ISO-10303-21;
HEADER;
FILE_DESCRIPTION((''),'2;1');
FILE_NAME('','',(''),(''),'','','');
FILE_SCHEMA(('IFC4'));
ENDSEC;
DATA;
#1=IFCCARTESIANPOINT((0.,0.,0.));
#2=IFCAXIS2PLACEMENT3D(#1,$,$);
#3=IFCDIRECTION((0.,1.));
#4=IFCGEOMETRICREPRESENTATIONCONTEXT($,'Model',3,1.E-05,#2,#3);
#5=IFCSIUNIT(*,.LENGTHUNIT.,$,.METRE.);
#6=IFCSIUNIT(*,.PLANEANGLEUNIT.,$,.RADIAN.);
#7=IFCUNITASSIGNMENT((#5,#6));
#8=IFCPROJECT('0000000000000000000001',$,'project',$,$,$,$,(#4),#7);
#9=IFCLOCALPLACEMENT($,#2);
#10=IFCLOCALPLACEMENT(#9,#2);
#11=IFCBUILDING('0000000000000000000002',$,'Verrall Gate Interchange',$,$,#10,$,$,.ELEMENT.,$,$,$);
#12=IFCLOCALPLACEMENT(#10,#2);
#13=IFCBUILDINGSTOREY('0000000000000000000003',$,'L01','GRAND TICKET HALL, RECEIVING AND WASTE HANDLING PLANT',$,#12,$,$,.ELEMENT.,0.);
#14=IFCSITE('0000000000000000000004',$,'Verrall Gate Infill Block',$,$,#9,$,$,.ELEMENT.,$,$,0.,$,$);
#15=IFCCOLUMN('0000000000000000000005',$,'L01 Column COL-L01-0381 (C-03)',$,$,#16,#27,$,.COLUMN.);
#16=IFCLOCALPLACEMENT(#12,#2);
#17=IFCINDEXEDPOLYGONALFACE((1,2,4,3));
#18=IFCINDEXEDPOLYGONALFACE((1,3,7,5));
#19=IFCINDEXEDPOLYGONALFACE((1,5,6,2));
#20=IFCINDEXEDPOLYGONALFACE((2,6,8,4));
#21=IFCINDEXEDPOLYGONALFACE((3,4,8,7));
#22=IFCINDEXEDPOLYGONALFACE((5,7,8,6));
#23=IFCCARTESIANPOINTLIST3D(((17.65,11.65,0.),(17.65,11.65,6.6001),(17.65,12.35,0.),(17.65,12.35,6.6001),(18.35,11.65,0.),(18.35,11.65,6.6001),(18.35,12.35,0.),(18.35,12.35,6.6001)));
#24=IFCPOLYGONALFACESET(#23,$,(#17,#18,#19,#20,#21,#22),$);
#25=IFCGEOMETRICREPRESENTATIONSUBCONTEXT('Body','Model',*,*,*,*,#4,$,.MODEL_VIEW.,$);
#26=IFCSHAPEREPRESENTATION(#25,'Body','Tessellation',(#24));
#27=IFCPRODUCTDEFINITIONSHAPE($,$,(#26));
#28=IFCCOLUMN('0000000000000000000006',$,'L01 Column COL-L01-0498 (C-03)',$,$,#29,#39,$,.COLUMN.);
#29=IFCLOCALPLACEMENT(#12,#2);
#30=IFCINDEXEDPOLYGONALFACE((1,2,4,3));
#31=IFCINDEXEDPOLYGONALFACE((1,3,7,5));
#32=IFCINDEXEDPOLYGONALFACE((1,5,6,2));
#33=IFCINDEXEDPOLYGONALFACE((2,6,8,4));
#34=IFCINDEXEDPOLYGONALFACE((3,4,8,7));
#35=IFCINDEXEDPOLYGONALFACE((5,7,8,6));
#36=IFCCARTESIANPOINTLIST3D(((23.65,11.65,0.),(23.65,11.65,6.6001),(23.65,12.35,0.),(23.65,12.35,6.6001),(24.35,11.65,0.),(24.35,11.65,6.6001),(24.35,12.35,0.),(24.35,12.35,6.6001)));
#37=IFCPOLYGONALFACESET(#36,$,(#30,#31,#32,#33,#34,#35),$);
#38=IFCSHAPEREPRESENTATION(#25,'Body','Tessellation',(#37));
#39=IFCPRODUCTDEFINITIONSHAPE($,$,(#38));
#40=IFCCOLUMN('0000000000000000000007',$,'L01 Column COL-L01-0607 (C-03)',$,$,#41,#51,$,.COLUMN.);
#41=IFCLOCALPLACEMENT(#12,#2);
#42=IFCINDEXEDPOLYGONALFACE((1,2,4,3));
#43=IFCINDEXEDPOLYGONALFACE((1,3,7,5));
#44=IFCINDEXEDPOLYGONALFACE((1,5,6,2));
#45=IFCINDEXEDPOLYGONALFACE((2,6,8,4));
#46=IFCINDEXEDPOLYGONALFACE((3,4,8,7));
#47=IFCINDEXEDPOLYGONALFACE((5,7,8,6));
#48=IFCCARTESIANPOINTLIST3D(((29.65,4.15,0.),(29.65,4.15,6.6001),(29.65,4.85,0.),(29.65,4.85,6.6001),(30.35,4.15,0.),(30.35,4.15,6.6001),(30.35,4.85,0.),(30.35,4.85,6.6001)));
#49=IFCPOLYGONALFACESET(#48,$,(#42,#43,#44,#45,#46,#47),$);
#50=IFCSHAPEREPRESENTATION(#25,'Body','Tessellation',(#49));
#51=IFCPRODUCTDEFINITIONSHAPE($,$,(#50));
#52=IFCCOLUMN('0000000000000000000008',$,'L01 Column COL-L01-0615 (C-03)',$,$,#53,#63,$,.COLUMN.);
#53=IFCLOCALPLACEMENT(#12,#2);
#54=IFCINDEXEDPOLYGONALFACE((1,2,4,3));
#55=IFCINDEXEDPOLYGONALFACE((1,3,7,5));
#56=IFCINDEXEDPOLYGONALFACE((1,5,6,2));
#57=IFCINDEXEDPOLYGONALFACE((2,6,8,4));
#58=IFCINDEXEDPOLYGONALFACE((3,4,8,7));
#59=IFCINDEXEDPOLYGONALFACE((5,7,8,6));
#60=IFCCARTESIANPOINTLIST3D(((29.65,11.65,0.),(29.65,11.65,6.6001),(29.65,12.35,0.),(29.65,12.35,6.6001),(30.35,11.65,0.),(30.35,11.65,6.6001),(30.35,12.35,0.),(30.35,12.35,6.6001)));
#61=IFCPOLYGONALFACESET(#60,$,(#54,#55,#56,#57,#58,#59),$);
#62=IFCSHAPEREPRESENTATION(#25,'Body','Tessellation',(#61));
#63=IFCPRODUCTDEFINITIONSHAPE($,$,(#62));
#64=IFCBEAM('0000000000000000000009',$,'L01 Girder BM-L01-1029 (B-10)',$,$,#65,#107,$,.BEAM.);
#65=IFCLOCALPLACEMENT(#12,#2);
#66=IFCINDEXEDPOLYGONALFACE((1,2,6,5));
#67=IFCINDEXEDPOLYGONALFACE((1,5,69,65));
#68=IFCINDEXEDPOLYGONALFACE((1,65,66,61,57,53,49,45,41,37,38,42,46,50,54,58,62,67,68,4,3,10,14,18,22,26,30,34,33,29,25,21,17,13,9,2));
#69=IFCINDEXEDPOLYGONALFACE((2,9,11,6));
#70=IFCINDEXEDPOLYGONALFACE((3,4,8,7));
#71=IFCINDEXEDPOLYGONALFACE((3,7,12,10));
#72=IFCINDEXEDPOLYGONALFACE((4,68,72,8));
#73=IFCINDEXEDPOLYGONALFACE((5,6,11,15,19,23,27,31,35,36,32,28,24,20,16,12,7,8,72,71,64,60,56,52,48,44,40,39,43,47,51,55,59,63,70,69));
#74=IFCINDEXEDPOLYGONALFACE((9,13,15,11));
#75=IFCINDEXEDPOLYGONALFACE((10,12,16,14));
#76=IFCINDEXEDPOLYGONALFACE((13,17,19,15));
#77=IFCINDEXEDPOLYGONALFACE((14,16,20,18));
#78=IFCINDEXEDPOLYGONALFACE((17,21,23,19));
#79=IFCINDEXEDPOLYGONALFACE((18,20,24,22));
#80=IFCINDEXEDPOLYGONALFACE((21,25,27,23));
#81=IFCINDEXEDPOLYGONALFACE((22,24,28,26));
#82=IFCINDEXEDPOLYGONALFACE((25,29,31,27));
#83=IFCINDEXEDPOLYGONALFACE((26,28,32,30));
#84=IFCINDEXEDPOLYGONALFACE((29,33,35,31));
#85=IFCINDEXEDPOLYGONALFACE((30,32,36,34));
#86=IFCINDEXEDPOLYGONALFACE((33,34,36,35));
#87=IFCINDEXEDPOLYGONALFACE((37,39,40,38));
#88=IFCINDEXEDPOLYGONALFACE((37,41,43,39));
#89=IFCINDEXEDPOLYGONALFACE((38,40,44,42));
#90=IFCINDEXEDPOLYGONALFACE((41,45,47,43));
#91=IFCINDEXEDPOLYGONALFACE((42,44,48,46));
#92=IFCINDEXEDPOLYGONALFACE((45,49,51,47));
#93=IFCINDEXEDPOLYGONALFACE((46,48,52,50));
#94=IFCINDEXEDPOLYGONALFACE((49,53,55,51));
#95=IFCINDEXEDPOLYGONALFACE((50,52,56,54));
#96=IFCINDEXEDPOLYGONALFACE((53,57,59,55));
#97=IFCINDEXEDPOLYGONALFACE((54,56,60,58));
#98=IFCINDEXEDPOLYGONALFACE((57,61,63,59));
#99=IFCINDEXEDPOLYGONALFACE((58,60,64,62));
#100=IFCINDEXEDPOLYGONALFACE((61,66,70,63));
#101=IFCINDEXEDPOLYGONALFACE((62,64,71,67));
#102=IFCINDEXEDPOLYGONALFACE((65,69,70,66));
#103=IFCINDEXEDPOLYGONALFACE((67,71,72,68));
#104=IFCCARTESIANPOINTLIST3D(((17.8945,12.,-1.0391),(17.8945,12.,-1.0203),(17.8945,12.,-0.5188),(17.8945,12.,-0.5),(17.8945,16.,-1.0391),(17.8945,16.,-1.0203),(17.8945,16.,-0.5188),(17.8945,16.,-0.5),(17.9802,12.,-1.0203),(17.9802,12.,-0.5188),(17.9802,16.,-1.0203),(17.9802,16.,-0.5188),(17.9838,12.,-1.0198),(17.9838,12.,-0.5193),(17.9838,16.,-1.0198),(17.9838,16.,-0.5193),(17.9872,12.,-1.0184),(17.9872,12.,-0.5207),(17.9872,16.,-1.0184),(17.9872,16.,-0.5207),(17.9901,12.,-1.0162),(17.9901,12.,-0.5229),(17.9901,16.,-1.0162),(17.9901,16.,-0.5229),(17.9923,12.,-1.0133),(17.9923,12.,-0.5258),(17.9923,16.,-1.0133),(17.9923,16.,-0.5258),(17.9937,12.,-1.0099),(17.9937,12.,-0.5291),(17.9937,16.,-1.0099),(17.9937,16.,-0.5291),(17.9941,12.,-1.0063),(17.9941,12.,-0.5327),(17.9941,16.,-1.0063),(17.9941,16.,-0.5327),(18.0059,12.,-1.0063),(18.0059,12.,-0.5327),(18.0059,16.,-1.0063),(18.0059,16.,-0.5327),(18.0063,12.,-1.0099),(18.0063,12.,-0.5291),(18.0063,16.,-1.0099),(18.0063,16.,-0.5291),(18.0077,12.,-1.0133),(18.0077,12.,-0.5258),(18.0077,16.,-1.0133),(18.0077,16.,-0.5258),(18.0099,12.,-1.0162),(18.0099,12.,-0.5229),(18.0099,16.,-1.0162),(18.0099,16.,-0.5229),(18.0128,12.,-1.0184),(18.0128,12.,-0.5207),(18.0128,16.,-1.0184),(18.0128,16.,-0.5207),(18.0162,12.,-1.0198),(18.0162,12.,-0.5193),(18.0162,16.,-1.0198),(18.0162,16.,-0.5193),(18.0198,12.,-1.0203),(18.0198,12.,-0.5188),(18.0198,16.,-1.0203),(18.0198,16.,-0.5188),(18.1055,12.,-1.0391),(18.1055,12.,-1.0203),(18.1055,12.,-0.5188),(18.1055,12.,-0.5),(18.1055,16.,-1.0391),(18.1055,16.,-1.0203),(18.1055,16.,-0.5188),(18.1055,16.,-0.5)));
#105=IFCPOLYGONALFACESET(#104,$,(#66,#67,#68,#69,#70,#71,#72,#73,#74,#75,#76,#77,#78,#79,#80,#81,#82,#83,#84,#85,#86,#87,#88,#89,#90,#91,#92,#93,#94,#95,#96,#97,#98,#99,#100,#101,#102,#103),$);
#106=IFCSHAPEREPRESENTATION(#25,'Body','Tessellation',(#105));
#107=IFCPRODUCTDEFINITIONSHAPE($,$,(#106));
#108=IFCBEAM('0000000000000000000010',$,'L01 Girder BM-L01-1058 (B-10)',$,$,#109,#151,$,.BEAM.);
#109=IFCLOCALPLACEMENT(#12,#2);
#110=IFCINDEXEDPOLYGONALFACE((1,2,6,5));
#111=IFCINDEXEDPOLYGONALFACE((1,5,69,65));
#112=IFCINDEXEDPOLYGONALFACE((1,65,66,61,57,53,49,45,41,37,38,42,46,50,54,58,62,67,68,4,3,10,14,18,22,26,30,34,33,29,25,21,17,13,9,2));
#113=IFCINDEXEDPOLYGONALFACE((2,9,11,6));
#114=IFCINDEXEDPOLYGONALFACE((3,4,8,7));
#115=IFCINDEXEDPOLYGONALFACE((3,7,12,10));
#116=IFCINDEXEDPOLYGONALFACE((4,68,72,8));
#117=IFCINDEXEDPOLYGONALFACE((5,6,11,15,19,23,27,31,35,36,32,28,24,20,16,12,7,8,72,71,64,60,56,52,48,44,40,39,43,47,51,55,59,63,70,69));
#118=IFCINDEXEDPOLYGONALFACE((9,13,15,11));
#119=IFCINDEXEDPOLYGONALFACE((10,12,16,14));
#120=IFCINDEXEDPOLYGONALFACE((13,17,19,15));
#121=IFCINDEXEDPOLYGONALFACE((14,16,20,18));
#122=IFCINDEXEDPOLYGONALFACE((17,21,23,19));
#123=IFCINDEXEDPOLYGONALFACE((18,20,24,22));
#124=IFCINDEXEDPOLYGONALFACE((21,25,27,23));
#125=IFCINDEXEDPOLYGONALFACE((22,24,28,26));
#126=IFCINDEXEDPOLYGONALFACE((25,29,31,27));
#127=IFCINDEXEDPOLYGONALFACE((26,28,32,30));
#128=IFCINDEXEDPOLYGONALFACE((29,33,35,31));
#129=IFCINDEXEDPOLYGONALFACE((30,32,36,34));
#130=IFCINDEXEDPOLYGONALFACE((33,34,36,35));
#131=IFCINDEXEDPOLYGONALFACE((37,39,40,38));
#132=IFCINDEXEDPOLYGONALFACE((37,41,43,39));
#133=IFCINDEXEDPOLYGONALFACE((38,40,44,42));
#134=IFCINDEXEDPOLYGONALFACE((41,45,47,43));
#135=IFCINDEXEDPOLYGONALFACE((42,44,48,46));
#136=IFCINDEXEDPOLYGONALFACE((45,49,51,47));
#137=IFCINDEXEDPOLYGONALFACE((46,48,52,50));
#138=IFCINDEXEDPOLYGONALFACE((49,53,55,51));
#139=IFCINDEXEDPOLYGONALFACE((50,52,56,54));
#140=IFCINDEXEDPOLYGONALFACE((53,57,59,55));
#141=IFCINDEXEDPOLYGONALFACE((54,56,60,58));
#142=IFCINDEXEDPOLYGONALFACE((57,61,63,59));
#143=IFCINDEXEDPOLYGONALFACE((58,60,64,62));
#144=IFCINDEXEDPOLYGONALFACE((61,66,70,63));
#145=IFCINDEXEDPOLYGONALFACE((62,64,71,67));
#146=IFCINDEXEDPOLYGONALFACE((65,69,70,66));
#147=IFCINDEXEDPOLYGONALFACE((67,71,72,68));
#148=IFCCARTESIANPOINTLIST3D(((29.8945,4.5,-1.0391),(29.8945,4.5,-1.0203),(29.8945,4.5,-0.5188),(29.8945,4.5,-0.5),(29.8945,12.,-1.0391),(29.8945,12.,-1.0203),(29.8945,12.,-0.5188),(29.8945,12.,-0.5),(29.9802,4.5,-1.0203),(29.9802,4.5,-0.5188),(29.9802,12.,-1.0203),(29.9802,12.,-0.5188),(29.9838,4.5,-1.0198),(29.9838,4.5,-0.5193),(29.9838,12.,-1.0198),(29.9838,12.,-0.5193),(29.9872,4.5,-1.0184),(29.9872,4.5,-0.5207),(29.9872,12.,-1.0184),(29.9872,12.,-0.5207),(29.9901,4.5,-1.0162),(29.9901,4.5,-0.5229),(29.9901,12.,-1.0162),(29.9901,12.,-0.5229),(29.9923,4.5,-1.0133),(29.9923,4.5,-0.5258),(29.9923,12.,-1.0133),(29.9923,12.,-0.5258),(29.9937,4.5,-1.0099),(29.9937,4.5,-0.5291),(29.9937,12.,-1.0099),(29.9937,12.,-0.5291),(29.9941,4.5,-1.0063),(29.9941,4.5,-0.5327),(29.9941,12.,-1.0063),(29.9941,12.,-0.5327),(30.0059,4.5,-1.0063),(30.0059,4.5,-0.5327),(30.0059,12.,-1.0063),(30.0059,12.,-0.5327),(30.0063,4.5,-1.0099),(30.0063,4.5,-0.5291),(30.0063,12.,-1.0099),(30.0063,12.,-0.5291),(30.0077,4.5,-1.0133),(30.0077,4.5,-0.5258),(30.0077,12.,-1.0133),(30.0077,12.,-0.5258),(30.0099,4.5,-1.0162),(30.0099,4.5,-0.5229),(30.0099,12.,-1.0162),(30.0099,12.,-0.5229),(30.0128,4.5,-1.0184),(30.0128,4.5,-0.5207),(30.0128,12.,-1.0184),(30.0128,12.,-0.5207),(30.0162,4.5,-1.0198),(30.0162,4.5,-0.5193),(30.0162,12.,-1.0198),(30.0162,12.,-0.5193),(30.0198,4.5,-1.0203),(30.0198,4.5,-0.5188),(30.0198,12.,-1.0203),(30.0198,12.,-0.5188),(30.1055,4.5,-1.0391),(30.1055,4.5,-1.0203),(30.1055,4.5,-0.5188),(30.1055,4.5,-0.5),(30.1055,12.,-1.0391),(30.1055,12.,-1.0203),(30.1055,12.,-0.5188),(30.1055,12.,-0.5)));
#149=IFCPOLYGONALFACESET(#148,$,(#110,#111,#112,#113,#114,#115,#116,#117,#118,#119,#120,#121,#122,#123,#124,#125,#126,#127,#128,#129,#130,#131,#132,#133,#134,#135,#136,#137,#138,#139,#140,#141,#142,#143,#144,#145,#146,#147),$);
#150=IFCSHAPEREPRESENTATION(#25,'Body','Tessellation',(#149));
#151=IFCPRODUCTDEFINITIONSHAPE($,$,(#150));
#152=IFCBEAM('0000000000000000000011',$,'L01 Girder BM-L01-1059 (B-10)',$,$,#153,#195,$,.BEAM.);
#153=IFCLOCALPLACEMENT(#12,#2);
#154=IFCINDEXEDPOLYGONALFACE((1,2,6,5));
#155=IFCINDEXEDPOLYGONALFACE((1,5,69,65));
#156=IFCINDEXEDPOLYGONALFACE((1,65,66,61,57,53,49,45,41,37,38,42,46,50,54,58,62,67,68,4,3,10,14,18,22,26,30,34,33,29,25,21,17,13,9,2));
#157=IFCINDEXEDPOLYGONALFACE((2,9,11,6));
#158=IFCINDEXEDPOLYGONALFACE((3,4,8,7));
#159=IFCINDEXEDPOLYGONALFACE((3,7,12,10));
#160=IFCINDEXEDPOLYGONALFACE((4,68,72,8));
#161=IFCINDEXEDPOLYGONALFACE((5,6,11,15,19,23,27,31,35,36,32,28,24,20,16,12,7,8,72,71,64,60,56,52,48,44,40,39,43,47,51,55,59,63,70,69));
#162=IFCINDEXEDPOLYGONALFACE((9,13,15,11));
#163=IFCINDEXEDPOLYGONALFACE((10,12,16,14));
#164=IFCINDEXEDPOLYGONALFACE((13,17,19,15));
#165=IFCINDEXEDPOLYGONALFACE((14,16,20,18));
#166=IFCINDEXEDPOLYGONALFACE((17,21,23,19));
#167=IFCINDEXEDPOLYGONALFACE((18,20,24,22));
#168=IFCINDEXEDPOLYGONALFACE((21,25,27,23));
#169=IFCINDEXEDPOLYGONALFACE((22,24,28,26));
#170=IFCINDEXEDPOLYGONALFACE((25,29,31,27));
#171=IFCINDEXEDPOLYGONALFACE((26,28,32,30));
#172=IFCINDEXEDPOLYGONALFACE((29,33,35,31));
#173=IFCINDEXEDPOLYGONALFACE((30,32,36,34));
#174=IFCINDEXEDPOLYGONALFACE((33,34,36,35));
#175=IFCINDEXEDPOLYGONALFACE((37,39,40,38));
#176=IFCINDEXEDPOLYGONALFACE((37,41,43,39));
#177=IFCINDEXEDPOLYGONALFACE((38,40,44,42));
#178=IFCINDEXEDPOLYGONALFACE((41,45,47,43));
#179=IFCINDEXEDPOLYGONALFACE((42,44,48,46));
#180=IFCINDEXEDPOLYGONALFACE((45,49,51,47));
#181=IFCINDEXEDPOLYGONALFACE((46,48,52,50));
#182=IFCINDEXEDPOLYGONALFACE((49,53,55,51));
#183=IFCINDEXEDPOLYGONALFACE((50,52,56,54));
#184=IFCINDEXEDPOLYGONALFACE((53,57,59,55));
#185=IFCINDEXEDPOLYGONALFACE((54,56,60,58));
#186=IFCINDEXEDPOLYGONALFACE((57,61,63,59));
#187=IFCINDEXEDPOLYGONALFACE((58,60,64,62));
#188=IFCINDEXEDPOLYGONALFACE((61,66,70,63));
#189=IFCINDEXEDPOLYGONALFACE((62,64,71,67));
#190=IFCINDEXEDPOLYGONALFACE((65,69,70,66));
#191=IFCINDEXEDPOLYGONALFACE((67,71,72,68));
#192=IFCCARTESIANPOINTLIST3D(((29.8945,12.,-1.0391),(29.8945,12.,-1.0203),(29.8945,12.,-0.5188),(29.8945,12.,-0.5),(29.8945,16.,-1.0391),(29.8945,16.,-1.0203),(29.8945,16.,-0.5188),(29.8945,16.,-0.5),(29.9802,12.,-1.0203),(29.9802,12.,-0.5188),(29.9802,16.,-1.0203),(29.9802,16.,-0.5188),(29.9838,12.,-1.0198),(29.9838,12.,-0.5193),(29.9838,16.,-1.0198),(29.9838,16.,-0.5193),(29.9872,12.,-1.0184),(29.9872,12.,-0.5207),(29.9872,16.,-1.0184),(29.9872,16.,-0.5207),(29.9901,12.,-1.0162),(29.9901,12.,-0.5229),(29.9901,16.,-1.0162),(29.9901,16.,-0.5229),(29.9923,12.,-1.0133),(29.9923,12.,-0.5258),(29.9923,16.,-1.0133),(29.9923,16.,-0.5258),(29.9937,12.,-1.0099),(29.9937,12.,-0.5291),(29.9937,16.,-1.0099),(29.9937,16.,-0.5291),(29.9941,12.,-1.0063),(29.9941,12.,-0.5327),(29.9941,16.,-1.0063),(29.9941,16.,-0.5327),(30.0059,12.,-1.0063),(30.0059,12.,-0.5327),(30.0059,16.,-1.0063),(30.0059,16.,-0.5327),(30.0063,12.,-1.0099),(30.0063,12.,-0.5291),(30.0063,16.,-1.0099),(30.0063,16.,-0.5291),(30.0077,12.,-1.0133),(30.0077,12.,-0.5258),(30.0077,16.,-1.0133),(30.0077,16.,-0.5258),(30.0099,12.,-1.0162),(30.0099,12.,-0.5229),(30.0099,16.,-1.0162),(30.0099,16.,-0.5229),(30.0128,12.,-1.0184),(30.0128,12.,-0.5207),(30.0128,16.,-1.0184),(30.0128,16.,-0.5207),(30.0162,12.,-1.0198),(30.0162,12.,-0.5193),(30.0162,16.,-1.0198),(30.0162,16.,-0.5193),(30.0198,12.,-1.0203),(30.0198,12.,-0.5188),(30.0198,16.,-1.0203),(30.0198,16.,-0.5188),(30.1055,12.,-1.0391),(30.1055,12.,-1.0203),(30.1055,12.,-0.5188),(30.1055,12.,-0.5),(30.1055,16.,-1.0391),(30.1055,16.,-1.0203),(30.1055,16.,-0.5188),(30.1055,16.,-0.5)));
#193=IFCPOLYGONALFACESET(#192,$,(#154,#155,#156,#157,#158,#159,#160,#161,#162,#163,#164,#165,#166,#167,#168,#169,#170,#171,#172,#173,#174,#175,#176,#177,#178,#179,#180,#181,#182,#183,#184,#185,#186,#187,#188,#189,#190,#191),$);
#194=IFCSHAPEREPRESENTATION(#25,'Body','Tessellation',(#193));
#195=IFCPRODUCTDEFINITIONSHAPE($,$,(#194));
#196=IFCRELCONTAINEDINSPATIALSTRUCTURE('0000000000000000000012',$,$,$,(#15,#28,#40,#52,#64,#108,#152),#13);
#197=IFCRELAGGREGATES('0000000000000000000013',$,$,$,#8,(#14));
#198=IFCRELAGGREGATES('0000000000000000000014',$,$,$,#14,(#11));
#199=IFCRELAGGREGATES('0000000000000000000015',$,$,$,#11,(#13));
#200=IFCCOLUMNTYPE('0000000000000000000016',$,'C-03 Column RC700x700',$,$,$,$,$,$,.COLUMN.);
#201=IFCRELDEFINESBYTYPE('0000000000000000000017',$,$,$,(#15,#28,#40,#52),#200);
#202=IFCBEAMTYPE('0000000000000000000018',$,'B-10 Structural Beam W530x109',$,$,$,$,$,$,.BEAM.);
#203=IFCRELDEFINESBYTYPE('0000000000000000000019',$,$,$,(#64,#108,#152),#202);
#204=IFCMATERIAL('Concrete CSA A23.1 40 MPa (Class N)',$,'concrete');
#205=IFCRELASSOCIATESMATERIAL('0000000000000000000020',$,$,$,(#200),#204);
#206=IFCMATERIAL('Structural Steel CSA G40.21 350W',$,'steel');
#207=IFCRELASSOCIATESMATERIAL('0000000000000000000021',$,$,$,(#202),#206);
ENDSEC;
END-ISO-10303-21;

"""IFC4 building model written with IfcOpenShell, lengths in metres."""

from ifc_helpers import new_model, si_unit, direction, frame, origin, origin_2d, place, context, subcontext, project, spatial, rectangle, i_section, extrude, material, material_profile, profile_set, type_object, element, save


model = new_model("IFC4")

# Units and contexts
model_context = context("Model", 3, precision=1e-05, world=origin(), true_north=direction((0.0, 1.0)))
body_context = subcontext(model_context, "Body", "Model", "MODEL_VIEW")
ifc_project = project(units=[si_unit("LENGTHUNIT", "METRE"), si_unit("PLANEANGLEUNIT", "RADIAN")], contexts=[model_context])

# Site, building, storey
site_placement = place(None, origin())
site = spatial("IfcSite", under=ifc_project, at=site_placement, Name="Verrall Gate Infill Block", CompositionType="ELEMENT", RefElevation=0.0)
building_placement = place(site_placement, origin())
building = spatial("IfcBuilding", under=site, at=building_placement, Name="Verrall Gate Interchange", CompositionType="ELEMENT")
storey_placement = place(building_placement, origin())
storey = spatial("IfcBuildingStorey", under=building, at=storey_placement, Name="L01", Description="GRAND TICKET HALL, RECEIVING AND WASTE HANDLING PLANT", CompositionType="ELEMENT", Elevation=0.0)

# Columns
ifc_material_1 = material(Name="Concrete CSA A23.1 40 MPa (Class N)", Category="concrete")
ifc_material_profile_1 = material_profile(ifc_material_1, rectangle(XDim=0.7, YDim=0.7, at=origin_2d()), Name="RC700x700")
ifc_profile_set_1 = profile_set([ifc_material_profile_1], Name="Concrete CSA A23.1 40 MPa (Class N)")
column_type = type_object("IfcColumnType", Name="C-03 Column RC700x700", PredefinedType="COLUMN", material=ifc_profile_set_1)
for number, where, z_axis, x_axis, name in (
    (1, (18.0, 12.0, 0.0), (0.0, 0.0, 1.0), (1.0, 0.0, 0.0), "L01 Column COL-L01-0381 (C-03)"),
    (2, (24.0, 12.0, 0.0), (0.0, 0.0, 1.0), (1.0, 0.0, 0.0), "L01 Column COL-L01-0498 (C-03)"),
    (3, (30.0, 4.5, 0.0), (0.0, 0.0, 1.0), (1.0, 0.0, 0.0), "L01 Column COL-L01-0607 (C-03)"),
    (4, (30.0, 12.0, 0.0), (0.0, 0.0, 1.0), (1.0, 0.0, 0.0), "L01 Column COL-L01-0615 (C-03)"),
):
    element("IfcColumn", number, at=place(storey_placement, frame(where, z_axis=z_axis, x_axis=x_axis)), inside=storey, type_object=column_type, Name=name, PredefinedType="COLUMN", context=body_context, shape_type="SweptSolid", body=[
        extrude(rectangle(XDim=0.7, YDim=0.7, at=origin_2d()), origin(), (0.0, 0.0, 1.0), 6.6001),
    ])

# Beams
ifc_material_2 = material(Name="Structural Steel CSA G40.21 350W", Category="steel")
ifc_material_profile_2 = material_profile(ifc_material_2, i_section(OverallWidth=0.2109, OverallDepth=0.5391, WebThickness=0.0117, FlangeThickness=0.0188, FilletRadius=0.0139, at=origin_2d()), Name="W530x109")
ifc_profile_set_2 = profile_set([ifc_material_profile_2], Name="Structural Steel CSA G40.21 350W")
beam_type_1 = type_object("IfcBeamType", Name="B-10 Structural Beam W530x109", PredefinedType="BEAM", material=ifc_profile_set_2)
beam_1_placement = place(storey_placement, frame((18.0, 12.0, -0.7695), z_axis=(0.0, 1.0, 0.0), x_axis=(-1.0, 0.0, 0.0)))
element("IfcBeam", 5, at=beam_1_placement, inside=storey, type_object=beam_type_1, Name="L01 Girder BM-L01-1029 (B-10)", PredefinedType="BEAM", context=body_context, shape_type="SweptSolid", body=[
    extrude(i_section(OverallWidth=0.2109, OverallDepth=0.5391, WebThickness=0.0117, FlangeThickness=0.0188, FilletRadius=0.0139, at=origin_2d()), origin(), (0.0, 0.0, 1.0), 4.0),
])
beam_2_placement = place(storey_placement, frame((30.0, 4.5, -0.7695), z_axis=(0.0, 1.0, 0.0), x_axis=(-1.0, 0.0, 0.0)))
element("IfcBeam", 6, at=beam_2_placement, inside=storey, type_object=beam_type_1, Name="L01 Girder BM-L01-1058 (B-10)", PredefinedType="BEAM", context=body_context, shape_type="SweptSolid", body=[
    extrude(i_section(OverallWidth=0.2109, OverallDepth=0.5391, WebThickness=0.0117, FlangeThickness=0.0188, FilletRadius=0.0139, at=origin_2d()), origin(), (0.0, 0.0, 1.0), 7.5),
])
beam_3_placement = place(storey_placement, frame((30.0, 12.0, -0.7695), z_axis=(0.0, 1.0, 0.0), x_axis=(-1.0, 0.0, 0.0)))
element("IfcBeam", 7, at=beam_3_placement, inside=storey, type_object=beam_type_1, Name="L01 Girder BM-L01-1059 (B-10)", PredefinedType="BEAM", context=body_context, shape_type="SweptSolid", body=[
    extrude(i_section(OverallWidth=0.2109, OverallDepth=0.5391, WebThickness=0.0117, FlangeThickness=0.0188, FilletRadius=0.0139, at=origin_2d()), origin(), (0.0, 0.0, 1.0), 4.0),
])

save(model, "model.ifc")
